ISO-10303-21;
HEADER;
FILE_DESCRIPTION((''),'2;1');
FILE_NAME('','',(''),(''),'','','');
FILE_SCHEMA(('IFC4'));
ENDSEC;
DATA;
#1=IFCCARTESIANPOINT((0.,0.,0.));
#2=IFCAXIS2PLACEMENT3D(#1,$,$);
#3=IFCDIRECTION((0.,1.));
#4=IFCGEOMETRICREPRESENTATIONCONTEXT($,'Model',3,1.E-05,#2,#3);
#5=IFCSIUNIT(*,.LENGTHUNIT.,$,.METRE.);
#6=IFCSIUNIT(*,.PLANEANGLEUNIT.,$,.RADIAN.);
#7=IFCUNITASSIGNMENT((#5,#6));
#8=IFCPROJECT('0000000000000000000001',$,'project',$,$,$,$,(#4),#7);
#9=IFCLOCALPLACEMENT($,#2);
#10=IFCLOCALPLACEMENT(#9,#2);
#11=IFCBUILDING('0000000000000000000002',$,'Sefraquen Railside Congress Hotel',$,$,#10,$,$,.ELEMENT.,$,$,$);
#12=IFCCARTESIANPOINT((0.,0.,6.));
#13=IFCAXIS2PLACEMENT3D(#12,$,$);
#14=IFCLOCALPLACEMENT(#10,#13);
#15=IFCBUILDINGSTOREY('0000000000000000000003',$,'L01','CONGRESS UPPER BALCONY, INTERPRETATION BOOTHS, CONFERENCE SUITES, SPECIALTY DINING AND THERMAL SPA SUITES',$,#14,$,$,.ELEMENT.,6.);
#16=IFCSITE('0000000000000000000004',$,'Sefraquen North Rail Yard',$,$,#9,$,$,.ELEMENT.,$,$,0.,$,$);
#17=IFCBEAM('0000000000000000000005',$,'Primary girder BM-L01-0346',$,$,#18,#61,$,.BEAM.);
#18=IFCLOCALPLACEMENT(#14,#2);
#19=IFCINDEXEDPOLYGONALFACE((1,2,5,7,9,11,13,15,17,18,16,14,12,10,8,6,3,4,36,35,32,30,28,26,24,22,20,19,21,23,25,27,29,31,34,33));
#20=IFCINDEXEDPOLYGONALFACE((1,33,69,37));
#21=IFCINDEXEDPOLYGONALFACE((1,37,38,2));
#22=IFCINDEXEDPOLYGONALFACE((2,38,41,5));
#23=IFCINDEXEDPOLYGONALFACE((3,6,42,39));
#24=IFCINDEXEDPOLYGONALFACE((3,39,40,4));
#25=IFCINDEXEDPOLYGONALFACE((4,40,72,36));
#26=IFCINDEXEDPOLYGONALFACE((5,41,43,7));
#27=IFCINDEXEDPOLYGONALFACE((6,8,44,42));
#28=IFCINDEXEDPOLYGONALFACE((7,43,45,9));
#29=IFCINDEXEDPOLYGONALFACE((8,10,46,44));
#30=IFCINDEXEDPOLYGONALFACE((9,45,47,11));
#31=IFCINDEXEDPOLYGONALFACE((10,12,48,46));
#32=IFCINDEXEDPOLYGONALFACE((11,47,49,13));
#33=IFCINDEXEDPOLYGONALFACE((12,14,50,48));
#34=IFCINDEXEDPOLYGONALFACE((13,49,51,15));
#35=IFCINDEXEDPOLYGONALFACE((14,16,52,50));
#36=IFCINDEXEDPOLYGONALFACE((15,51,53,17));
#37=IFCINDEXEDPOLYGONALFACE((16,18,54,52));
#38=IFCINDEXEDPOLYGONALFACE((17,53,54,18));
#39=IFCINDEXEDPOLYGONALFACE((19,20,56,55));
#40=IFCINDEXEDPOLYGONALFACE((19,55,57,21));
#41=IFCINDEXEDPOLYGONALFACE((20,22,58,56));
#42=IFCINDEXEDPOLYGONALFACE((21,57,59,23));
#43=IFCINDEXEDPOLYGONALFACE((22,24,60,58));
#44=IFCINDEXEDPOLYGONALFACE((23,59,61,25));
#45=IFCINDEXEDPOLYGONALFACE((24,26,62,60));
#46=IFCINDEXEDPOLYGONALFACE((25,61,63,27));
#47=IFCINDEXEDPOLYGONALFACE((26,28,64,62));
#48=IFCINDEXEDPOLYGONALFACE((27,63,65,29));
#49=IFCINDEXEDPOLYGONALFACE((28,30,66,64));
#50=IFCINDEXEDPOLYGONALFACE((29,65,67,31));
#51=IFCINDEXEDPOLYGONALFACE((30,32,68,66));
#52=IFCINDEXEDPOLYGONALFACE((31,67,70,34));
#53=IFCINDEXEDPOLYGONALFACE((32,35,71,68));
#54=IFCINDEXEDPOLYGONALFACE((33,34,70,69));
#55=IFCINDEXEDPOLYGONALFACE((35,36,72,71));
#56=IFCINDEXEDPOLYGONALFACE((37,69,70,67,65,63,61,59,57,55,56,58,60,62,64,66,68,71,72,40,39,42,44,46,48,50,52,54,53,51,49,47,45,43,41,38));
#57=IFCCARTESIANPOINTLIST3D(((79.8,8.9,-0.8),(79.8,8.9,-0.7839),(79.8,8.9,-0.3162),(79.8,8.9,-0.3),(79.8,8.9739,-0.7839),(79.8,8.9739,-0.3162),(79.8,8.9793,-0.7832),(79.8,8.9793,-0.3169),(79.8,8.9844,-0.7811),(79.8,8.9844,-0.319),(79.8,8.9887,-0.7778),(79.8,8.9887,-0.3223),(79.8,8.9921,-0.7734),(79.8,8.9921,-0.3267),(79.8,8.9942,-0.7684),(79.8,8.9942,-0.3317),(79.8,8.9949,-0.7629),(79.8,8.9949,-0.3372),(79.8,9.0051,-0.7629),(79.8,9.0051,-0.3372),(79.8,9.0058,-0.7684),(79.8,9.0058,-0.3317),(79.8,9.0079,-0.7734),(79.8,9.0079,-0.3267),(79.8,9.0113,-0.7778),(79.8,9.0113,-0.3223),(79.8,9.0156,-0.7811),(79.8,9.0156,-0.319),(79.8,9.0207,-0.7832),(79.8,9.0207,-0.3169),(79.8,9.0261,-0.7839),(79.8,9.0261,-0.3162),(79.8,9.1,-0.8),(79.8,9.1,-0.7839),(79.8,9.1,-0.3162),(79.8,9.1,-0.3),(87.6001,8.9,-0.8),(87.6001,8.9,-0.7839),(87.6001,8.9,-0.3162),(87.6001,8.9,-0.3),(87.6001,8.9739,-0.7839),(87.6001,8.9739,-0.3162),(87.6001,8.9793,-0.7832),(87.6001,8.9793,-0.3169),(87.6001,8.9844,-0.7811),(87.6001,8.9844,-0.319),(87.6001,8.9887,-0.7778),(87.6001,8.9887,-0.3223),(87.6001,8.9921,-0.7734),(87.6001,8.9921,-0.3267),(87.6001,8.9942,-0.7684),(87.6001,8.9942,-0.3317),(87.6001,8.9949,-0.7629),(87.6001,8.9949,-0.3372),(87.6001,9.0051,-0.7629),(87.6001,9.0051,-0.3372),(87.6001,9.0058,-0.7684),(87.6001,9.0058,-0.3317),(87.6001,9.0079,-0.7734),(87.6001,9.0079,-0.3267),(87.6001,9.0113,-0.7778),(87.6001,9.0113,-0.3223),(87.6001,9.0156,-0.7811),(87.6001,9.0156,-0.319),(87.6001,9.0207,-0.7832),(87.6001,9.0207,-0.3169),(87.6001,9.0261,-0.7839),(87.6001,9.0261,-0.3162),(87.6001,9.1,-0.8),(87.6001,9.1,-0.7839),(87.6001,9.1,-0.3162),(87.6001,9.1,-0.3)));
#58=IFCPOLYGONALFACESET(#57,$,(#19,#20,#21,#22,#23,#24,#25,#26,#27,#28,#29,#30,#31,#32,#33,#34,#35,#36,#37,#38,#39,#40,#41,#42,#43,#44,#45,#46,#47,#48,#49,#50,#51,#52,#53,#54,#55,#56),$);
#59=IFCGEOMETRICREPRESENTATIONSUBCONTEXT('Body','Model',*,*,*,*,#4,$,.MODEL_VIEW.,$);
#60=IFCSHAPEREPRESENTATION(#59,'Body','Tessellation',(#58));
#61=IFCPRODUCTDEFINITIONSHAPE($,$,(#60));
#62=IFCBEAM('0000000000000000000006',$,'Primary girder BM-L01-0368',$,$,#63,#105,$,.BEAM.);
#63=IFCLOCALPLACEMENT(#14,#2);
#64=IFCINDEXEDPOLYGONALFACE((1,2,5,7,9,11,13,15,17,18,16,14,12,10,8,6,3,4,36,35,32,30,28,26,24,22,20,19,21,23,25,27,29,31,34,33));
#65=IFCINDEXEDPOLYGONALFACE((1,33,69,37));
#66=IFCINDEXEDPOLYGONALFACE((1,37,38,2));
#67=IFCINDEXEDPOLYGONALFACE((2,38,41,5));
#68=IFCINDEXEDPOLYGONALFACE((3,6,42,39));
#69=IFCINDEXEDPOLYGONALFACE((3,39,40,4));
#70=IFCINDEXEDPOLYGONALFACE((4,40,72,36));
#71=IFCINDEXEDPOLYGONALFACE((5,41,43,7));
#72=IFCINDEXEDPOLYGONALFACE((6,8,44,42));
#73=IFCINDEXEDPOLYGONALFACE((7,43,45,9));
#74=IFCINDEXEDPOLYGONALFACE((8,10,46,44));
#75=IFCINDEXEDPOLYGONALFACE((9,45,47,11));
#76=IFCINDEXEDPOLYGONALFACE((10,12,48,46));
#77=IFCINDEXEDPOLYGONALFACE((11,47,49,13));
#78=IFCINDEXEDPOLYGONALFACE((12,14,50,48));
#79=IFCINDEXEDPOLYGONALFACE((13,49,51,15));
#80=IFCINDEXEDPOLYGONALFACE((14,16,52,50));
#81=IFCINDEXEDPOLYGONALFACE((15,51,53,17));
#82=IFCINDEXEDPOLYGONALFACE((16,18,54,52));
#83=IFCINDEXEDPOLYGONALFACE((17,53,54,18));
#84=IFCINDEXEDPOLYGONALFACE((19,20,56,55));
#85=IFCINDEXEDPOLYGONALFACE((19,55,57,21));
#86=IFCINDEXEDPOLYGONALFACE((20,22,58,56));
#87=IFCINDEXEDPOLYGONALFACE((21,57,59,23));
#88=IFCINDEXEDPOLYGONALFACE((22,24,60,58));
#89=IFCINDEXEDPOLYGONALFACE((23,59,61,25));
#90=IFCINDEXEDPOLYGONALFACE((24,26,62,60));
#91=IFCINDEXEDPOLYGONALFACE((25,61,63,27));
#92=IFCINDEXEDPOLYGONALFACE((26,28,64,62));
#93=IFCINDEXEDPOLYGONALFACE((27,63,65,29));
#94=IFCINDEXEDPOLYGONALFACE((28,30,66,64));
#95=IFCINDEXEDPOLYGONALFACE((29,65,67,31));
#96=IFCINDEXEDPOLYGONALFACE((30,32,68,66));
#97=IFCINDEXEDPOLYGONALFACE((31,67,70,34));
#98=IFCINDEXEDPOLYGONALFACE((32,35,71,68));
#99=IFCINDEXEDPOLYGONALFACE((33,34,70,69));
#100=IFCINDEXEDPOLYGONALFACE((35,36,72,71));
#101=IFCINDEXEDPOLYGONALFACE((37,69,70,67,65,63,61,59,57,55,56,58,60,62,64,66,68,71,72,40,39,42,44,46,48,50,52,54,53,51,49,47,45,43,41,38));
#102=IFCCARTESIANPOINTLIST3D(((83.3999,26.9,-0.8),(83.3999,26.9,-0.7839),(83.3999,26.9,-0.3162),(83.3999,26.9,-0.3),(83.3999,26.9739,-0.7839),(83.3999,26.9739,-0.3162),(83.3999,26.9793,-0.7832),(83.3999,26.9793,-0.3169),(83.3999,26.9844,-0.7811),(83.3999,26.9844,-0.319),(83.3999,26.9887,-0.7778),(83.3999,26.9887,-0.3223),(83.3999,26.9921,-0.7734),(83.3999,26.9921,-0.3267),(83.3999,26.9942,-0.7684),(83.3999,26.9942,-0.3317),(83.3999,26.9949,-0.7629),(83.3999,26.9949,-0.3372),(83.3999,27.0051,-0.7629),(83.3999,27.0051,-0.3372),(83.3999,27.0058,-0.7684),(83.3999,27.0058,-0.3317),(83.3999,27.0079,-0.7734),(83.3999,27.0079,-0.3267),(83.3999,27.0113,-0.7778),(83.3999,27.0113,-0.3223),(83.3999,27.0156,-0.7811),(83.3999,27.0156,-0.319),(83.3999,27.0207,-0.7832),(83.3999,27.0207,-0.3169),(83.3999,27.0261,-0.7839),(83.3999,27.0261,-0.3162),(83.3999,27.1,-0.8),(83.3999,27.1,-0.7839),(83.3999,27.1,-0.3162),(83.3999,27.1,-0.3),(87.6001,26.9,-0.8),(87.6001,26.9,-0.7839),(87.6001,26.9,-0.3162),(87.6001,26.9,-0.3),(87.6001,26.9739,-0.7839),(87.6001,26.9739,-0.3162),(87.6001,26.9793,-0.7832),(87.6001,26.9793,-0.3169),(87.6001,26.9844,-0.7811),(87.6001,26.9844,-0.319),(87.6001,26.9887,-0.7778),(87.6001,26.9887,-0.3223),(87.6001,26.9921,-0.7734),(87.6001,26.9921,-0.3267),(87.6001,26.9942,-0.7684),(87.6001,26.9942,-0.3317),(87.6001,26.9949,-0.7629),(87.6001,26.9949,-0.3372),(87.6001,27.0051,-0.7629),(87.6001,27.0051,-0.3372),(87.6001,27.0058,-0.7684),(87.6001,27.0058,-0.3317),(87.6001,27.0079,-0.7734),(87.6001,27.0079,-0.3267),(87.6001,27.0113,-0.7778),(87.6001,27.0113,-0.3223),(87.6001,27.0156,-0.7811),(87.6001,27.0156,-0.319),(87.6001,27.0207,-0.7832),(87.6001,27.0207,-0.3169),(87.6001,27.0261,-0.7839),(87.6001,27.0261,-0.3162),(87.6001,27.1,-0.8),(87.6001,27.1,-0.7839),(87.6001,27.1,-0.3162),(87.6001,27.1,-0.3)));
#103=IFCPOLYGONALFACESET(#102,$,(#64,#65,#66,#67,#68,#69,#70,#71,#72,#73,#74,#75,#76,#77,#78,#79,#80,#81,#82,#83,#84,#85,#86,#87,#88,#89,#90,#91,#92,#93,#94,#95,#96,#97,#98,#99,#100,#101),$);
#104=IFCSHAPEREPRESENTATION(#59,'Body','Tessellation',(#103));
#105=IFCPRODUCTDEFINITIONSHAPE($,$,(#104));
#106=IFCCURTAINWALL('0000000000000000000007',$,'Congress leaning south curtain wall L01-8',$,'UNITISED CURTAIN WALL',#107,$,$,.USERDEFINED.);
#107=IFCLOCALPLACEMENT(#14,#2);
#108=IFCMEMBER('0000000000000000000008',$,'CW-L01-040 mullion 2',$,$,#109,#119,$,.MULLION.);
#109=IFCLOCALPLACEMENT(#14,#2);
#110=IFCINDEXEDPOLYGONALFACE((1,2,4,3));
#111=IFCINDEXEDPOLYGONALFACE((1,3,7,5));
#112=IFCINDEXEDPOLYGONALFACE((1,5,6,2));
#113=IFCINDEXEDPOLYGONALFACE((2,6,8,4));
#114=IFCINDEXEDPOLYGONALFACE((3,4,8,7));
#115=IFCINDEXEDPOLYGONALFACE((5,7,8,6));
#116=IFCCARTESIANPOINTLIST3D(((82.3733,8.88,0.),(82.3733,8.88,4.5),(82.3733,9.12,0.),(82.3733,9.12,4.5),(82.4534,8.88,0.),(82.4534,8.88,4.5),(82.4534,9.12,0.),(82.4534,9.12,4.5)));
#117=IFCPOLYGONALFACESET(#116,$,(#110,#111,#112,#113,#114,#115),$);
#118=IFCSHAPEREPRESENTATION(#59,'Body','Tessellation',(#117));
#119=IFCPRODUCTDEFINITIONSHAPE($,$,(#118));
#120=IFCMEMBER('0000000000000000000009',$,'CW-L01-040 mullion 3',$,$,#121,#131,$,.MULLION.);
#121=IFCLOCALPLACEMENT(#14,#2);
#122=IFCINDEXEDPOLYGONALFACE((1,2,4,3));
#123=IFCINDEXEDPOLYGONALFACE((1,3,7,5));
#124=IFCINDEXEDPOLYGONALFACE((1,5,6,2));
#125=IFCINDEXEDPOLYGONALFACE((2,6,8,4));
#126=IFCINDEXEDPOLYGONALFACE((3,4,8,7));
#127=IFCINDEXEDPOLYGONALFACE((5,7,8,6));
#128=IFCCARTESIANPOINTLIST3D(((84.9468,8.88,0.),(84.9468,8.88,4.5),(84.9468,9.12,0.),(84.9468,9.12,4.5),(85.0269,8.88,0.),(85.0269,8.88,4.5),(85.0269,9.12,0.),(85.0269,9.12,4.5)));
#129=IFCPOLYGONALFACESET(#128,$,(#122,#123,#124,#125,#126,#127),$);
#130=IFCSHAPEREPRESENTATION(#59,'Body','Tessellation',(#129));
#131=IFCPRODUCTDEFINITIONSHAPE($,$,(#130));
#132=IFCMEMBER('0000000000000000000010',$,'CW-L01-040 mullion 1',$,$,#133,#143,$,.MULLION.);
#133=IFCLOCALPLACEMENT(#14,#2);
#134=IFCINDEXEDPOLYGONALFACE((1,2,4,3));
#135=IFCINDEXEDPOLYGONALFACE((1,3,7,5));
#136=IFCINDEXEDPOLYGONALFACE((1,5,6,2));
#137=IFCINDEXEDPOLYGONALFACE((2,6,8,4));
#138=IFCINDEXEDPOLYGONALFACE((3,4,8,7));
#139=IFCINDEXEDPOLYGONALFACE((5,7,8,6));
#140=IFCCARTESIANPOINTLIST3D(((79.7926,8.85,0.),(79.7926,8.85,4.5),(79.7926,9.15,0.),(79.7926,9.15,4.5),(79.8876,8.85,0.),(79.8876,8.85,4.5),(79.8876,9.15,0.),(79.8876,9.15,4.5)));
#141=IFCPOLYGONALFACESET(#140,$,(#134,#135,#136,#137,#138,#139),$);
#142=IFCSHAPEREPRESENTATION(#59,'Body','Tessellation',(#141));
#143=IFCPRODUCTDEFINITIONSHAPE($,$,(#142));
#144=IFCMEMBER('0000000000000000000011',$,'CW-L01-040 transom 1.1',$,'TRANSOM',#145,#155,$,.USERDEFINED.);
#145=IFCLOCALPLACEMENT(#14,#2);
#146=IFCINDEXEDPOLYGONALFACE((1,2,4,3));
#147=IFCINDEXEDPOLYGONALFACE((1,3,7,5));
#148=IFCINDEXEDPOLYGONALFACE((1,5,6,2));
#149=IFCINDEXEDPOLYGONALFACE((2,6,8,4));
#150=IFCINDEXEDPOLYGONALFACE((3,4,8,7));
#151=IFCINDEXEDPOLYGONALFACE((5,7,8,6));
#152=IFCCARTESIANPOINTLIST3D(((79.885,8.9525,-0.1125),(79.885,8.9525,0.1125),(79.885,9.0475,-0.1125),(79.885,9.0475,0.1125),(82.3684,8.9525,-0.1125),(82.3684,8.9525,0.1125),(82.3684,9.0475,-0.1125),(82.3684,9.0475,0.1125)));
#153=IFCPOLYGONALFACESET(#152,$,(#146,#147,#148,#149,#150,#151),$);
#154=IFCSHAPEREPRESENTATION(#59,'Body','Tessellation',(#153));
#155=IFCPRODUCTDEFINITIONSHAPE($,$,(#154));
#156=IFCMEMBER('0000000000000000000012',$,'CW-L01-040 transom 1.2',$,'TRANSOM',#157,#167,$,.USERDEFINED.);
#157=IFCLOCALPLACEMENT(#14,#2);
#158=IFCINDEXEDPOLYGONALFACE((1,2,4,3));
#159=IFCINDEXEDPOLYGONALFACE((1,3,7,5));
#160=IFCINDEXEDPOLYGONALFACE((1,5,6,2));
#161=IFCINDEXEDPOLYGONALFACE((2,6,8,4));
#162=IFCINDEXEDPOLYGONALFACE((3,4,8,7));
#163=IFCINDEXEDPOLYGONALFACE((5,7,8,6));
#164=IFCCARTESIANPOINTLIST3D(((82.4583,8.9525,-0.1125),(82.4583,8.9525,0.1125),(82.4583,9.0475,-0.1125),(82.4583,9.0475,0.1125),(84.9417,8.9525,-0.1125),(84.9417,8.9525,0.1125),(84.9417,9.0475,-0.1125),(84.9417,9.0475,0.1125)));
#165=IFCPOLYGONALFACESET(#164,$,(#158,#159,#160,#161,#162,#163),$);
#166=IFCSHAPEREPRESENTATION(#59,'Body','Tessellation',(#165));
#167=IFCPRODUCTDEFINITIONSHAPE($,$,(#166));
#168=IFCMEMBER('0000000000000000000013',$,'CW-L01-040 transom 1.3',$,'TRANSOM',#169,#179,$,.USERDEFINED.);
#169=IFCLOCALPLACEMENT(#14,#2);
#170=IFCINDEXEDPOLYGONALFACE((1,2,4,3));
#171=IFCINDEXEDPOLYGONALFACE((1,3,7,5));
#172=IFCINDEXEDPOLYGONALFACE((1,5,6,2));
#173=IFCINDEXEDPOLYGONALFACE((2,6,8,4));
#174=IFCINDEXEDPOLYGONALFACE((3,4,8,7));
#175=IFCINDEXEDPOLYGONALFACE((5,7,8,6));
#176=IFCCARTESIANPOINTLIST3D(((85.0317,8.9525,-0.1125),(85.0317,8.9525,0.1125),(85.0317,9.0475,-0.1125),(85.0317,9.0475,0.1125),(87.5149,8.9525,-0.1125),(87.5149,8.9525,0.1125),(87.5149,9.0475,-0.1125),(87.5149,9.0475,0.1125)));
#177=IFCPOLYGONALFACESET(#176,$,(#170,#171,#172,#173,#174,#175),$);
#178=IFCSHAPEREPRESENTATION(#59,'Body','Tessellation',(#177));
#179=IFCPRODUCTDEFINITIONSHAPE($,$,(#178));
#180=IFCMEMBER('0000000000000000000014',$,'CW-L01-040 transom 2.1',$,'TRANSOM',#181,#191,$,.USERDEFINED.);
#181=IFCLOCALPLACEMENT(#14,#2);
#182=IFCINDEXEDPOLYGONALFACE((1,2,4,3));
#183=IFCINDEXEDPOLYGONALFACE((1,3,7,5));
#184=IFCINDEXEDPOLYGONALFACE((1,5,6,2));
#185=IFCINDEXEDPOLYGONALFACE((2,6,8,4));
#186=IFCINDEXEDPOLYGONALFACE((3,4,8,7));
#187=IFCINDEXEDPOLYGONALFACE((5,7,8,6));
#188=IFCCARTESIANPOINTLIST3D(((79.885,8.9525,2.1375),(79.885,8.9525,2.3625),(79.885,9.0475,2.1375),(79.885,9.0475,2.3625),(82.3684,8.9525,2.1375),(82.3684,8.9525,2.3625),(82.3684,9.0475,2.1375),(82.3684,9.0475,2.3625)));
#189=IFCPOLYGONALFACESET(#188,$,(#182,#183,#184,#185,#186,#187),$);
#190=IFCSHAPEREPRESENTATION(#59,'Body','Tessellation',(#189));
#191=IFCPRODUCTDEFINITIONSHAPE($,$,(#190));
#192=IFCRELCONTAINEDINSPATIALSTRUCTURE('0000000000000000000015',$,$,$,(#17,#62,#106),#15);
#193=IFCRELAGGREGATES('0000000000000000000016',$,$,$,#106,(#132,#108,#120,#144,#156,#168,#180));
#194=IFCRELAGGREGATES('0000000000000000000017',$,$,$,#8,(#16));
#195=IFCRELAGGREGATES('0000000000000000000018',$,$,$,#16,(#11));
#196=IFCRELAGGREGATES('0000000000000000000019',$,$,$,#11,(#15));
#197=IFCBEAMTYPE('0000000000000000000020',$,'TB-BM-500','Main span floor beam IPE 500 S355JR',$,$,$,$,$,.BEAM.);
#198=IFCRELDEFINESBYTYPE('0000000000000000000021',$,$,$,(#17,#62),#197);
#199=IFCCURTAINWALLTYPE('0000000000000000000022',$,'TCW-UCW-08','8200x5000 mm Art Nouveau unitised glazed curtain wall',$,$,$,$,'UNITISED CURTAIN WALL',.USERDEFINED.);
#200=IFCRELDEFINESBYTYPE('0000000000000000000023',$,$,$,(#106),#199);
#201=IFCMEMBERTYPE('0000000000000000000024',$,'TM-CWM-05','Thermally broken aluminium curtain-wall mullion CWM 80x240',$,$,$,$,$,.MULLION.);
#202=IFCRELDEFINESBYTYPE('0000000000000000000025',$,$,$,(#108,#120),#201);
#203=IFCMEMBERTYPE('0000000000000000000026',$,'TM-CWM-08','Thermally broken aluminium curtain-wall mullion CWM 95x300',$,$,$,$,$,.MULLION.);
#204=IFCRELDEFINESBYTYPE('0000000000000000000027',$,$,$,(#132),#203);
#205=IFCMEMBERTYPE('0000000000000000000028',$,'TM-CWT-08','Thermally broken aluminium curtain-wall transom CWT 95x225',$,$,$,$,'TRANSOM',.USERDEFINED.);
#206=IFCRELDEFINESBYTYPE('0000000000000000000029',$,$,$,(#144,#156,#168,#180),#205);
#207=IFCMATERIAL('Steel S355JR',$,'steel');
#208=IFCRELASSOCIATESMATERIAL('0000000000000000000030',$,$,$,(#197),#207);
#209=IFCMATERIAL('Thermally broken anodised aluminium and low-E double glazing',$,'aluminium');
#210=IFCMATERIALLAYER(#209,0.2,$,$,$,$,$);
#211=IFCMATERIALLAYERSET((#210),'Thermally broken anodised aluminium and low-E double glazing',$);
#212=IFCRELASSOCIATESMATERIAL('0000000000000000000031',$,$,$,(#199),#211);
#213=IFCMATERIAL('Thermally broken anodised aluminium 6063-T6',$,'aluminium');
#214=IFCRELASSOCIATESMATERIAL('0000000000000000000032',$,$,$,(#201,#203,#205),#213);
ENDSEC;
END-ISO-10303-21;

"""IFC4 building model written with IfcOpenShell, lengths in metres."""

from ifc_helpers import new_model, si_unit, direction, frame, origin, origin_2d, place, context, subcontext, project, spatial, rectangle, i_section, extrude, material, layer, layer_set, material_profile, profile_set, type_object, element, aggregate, save


model = new_model("IFC4")

# Units and contexts
model_context = context("Model", 3, precision=1e-05, world=origin(), true_north=direction((0.0, 1.0)))
body_context = subcontext(model_context, "Body", "Model", "MODEL_VIEW")
ifc_project = project(units=[si_unit("LENGTHUNIT", "METRE"), si_unit("PLANEANGLEUNIT", "RADIAN")], contexts=[model_context])

# Site, building, storey
site_placement = place(None, origin())
site = spatial("IfcSite", under=ifc_project, at=site_placement, Name="Sefraquen North Rail Yard", CompositionType="ELEMENT", RefElevation=0.0)
building_placement = place(site_placement, origin())
building = spatial("IfcBuilding", under=site, at=building_placement, Name="Sefraquen Railside Congress Hotel", CompositionType="ELEMENT")
storey_placement = place(building_placement, frame((0.0, 0.0, 6.0)))
storey = spatial("IfcBuildingStorey", under=building, at=storey_placement, Name="L01", Description="CONGRESS UPPER BALCONY, INTERPRETATION BOOTHS, CONFERENCE SUITES, SPECIALTY DINING AND THERMAL SPA SUITES", CompositionType="ELEMENT", Elevation=6.0)

# Shared definitions
ifc_material_1 = material(Name="Steel S355JR", Category="steel")

# Beams
ifc_material_profile_1 = material_profile(ifc_material_1, i_section(OverallWidth=0.2, OverallDepth=0.5, WebThickness=0.0103, FlangeThickness=0.0161, FilletRadius=0.021, at=origin_2d()), Name="IPE 500")
ifc_profile_set_1 = profile_set([ifc_material_profile_1], Name="Steel S355JR")
beam_type = type_object("IfcBeamType", Name="TB-BM-500", Description="Main span floor beam IPE 500 S355JR", PredefinedType="BEAM", material=ifc_profile_set_1)
beam_1_placement = place(storey_placement, frame((79.8, 9.0, -0.55), z_axis=(1.0, 0.0, 0.0), x_axis=(0.0, 1.0, 0.0)))
element("IfcBeam", 1, at=beam_1_placement, inside=storey, type_object=beam_type, Name="Primary girder BM-L01-0346", PredefinedType="BEAM", context=body_context, shape_type="SweptSolid", body=[
    extrude(i_section(OverallWidth=0.2, OverallDepth=0.5, WebThickness=0.0103, FlangeThickness=0.0161, FilletRadius=0.021, at=origin_2d()), origin(), (0.0, 0.0, 1.0), 7.8),
])
beam_2_placement = place(storey_placement, frame((83.3999, 27.0, -0.55), z_axis=(1.0, 0.0, 0.0), x_axis=(0.0, 1.0, 0.0)))
element("IfcBeam", 2, at=beam_2_placement, inside=storey, type_object=beam_type, Name="Primary girder BM-L01-0368", PredefinedType="BEAM", context=body_context, shape_type="SweptSolid", body=[
    extrude(i_section(OverallWidth=0.2, OverallDepth=0.5, WebThickness=0.0103, FlangeThickness=0.0161, FilletRadius=0.021, at=origin_2d()), origin(), (0.0, 0.0, 1.0), 4.2002),
])

# Curtain wall, members
ifc_material_2 = material(Name="Thermally broken anodised aluminium and low-E double glazing", Category="aluminium")
ifc_layer_1 = layer(ifc_material_2, 0.2)
ifc_layer_set_1 = layer_set([ifc_layer_1], Name="Thermally broken anodised aluminium and low-E double glazing")
curtain_wall_type = type_object("IfcCurtainWallType", Name="TCW-UCW-08", Description="8200x5000 mm Art Nouveau unitised glazed curtain wall", ElementType="UNITISED CURTAIN WALL", PredefinedType="USERDEFINED", material=ifc_layer_set_1)
curtain_wall_placement = place(storey_placement, origin())
curtain_wall = element("IfcCurtainWall", 3, at=curtain_wall_placement, inside=storey, type_object=curtain_wall_type, Name="Congress leaning south curtain wall L01-8", ObjectType="UNITISED CURTAIN WALL", PredefinedType="USERDEFINED")
ifc_material_3 = material(Name="Thermally broken anodised aluminium 6063-T6", Category="aluminium")
ifc_material_profile_2 = material_profile(ifc_material_3, rectangle(XDim=0.0801, YDim=0.24, at=origin_2d()), Name="CWM 80x240")
ifc_profile_set_2 = profile_set([ifc_material_profile_2], Name="Thermally broken anodised aluminium 6063-T6")
member_type_1 = type_object("IfcMemberType", Name="TM-CWM-05", Description="Thermally broken aluminium curtain-wall mullion CWM 80x240", PredefinedType="MULLION", material=ifc_profile_set_2)
member_1_placement = place(storey_placement, frame((82.4133, 9.0, 0.0), z_axis=(0.0, 0.0, 1.0), x_axis=(1.0, 0.0, 0.0)))
member_1 = element("IfcMember", 4, at=member_1_placement, type_object=member_type_1, Name="CW-L01-040 mullion 2", PredefinedType="MULLION", context=body_context, shape_type="SweptSolid", body=[
    extrude(rectangle(XDim=0.0801, YDim=0.24, at=origin_2d()), origin(), (0.0, 0.0, 1.0), 4.5),
])
member_2_placement = place(storey_placement, frame((84.9868, 9.0, 0.0), z_axis=(0.0, 0.0, 1.0), x_axis=(1.0, 0.0, 0.0)))
member_2 = element("IfcMember", 5, at=member_2_placement, type_object=member_type_1, Name="CW-L01-040 mullion 3", PredefinedType="MULLION", context=body_context, shape_type="SweptSolid", body=[
    extrude(rectangle(XDim=0.0801, YDim=0.24, at=origin_2d()), origin(), (0.0, 0.0, 1.0), 4.5),
])
ifc_material_profile_3 = material_profile(ifc_material_3, rectangle(XDim=0.095, YDim=0.3, at=origin_2d()), Name="CWM 95x300")
ifc_profile_set_3 = profile_set([ifc_material_profile_3], Name="Thermally broken anodised aluminium 6063-T6")
member_type_2 = type_object("IfcMemberType", Name="TM-CWM-08", Description="Thermally broken aluminium curtain-wall mullion CWM 95x300", PredefinedType="MULLION", material=ifc_profile_set_3)
member_3_placement = place(storey_placement, frame((79.8401, 9.0, 0.0), z_axis=(0.0, 0.0, 1.0), x_axis=(1.0, 0.0, 0.0)))
member_3 = element("IfcMember", 6, at=member_3_placement, type_object=member_type_2, Name="CW-L01-040 mullion 1", PredefinedType="MULLION", context=body_context, shape_type="SweptSolid", body=[
    extrude(rectangle(XDim=0.095, YDim=0.3, at=origin_2d()), origin(), (0.0, 0.0, 1.0), 4.5),
])
ifc_material_profile_4 = material_profile(ifc_material_3, rectangle(XDim=0.095, YDim=0.2251, at=origin_2d()), Name="CWT 95x225")
ifc_profile_set_4 = profile_set([ifc_material_profile_4], Name="Thermally broken anodised aluminium 6063-T6")
member_type_3 = type_object("IfcMemberType", Name="TM-CWT-08", Description="Thermally broken aluminium curtain-wall transom CWT 95x225", ElementType="TRANSOM", PredefinedType="USERDEFINED", material=ifc_profile_set_4)
member_4_placement = place(storey_placement, frame((79.885, 9.0, 0.0), z_axis=(1.0, 0.0, 0.0), x_axis=(0.0, 1.0, 0.0)))
member_4 = element("IfcMember", 7, at=member_4_placement, type_object=member_type_3, Name="CW-L01-040 transom 1.1", ObjectType="TRANSOM", PredefinedType="USERDEFINED", context=body_context, shape_type="SweptSolid", body=[
    extrude(rectangle(XDim=0.095, YDim=0.2251, at=origin_2d()), origin(), (0.0, 0.0, 1.0), 2.4834),
])
member_5_placement = place(storey_placement, frame((82.4583, 9.0, 0.0), z_axis=(1.0, 0.0, 0.0), x_axis=(0.0, 1.0, 0.0)))
member_5 = element("IfcMember", 8, at=member_5_placement, type_object=member_type_3, Name="CW-L01-040 transom 1.2", ObjectType="TRANSOM", PredefinedType="USERDEFINED", context=body_context, shape_type="SweptSolid", body=[
    extrude(rectangle(XDim=0.095, YDim=0.2251, at=origin_2d()), origin(), (0.0, 0.0, 1.0), 2.4834),
])
member_6_placement = place(storey_placement, frame((85.0317, 9.0, 0.0), z_axis=(1.0, 0.0, 0.0), x_axis=(0.0, 1.0, 0.0)))
member_6 = element("IfcMember", 9, at=member_6_placement, type_object=member_type_3, Name="CW-L01-040 transom 1.3", ObjectType="TRANSOM", PredefinedType="USERDEFINED", context=body_context, shape_type="SweptSolid", body=[
    extrude(rectangle(XDim=0.095, YDim=0.2251, at=origin_2d()), origin(), (0.0, 0.0, 1.0), 2.4832),
])
member_7_placement = place(storey_placement, frame((79.885, 9.0, 2.25), z_axis=(1.0, 0.0, 0.0), x_axis=(0.0, 1.0, 0.0)))
member_7 = element("IfcMember", 10, at=member_7_placement, type_object=member_type_3, Name="CW-L01-040 transom 2.1", ObjectType="TRANSOM", PredefinedType="USERDEFINED", context=body_context, shape_type="SweptSolid", body=[
    extrude(rectangle(XDim=0.095, YDim=0.2251, at=origin_2d()), origin(), (0.0, 0.0, 1.0), 2.4834),
])

aggregate(curtain_wall, [member_3, member_1, member_2, member_4, member_5, member_6, member_7])

save(model, "model.ifc")
